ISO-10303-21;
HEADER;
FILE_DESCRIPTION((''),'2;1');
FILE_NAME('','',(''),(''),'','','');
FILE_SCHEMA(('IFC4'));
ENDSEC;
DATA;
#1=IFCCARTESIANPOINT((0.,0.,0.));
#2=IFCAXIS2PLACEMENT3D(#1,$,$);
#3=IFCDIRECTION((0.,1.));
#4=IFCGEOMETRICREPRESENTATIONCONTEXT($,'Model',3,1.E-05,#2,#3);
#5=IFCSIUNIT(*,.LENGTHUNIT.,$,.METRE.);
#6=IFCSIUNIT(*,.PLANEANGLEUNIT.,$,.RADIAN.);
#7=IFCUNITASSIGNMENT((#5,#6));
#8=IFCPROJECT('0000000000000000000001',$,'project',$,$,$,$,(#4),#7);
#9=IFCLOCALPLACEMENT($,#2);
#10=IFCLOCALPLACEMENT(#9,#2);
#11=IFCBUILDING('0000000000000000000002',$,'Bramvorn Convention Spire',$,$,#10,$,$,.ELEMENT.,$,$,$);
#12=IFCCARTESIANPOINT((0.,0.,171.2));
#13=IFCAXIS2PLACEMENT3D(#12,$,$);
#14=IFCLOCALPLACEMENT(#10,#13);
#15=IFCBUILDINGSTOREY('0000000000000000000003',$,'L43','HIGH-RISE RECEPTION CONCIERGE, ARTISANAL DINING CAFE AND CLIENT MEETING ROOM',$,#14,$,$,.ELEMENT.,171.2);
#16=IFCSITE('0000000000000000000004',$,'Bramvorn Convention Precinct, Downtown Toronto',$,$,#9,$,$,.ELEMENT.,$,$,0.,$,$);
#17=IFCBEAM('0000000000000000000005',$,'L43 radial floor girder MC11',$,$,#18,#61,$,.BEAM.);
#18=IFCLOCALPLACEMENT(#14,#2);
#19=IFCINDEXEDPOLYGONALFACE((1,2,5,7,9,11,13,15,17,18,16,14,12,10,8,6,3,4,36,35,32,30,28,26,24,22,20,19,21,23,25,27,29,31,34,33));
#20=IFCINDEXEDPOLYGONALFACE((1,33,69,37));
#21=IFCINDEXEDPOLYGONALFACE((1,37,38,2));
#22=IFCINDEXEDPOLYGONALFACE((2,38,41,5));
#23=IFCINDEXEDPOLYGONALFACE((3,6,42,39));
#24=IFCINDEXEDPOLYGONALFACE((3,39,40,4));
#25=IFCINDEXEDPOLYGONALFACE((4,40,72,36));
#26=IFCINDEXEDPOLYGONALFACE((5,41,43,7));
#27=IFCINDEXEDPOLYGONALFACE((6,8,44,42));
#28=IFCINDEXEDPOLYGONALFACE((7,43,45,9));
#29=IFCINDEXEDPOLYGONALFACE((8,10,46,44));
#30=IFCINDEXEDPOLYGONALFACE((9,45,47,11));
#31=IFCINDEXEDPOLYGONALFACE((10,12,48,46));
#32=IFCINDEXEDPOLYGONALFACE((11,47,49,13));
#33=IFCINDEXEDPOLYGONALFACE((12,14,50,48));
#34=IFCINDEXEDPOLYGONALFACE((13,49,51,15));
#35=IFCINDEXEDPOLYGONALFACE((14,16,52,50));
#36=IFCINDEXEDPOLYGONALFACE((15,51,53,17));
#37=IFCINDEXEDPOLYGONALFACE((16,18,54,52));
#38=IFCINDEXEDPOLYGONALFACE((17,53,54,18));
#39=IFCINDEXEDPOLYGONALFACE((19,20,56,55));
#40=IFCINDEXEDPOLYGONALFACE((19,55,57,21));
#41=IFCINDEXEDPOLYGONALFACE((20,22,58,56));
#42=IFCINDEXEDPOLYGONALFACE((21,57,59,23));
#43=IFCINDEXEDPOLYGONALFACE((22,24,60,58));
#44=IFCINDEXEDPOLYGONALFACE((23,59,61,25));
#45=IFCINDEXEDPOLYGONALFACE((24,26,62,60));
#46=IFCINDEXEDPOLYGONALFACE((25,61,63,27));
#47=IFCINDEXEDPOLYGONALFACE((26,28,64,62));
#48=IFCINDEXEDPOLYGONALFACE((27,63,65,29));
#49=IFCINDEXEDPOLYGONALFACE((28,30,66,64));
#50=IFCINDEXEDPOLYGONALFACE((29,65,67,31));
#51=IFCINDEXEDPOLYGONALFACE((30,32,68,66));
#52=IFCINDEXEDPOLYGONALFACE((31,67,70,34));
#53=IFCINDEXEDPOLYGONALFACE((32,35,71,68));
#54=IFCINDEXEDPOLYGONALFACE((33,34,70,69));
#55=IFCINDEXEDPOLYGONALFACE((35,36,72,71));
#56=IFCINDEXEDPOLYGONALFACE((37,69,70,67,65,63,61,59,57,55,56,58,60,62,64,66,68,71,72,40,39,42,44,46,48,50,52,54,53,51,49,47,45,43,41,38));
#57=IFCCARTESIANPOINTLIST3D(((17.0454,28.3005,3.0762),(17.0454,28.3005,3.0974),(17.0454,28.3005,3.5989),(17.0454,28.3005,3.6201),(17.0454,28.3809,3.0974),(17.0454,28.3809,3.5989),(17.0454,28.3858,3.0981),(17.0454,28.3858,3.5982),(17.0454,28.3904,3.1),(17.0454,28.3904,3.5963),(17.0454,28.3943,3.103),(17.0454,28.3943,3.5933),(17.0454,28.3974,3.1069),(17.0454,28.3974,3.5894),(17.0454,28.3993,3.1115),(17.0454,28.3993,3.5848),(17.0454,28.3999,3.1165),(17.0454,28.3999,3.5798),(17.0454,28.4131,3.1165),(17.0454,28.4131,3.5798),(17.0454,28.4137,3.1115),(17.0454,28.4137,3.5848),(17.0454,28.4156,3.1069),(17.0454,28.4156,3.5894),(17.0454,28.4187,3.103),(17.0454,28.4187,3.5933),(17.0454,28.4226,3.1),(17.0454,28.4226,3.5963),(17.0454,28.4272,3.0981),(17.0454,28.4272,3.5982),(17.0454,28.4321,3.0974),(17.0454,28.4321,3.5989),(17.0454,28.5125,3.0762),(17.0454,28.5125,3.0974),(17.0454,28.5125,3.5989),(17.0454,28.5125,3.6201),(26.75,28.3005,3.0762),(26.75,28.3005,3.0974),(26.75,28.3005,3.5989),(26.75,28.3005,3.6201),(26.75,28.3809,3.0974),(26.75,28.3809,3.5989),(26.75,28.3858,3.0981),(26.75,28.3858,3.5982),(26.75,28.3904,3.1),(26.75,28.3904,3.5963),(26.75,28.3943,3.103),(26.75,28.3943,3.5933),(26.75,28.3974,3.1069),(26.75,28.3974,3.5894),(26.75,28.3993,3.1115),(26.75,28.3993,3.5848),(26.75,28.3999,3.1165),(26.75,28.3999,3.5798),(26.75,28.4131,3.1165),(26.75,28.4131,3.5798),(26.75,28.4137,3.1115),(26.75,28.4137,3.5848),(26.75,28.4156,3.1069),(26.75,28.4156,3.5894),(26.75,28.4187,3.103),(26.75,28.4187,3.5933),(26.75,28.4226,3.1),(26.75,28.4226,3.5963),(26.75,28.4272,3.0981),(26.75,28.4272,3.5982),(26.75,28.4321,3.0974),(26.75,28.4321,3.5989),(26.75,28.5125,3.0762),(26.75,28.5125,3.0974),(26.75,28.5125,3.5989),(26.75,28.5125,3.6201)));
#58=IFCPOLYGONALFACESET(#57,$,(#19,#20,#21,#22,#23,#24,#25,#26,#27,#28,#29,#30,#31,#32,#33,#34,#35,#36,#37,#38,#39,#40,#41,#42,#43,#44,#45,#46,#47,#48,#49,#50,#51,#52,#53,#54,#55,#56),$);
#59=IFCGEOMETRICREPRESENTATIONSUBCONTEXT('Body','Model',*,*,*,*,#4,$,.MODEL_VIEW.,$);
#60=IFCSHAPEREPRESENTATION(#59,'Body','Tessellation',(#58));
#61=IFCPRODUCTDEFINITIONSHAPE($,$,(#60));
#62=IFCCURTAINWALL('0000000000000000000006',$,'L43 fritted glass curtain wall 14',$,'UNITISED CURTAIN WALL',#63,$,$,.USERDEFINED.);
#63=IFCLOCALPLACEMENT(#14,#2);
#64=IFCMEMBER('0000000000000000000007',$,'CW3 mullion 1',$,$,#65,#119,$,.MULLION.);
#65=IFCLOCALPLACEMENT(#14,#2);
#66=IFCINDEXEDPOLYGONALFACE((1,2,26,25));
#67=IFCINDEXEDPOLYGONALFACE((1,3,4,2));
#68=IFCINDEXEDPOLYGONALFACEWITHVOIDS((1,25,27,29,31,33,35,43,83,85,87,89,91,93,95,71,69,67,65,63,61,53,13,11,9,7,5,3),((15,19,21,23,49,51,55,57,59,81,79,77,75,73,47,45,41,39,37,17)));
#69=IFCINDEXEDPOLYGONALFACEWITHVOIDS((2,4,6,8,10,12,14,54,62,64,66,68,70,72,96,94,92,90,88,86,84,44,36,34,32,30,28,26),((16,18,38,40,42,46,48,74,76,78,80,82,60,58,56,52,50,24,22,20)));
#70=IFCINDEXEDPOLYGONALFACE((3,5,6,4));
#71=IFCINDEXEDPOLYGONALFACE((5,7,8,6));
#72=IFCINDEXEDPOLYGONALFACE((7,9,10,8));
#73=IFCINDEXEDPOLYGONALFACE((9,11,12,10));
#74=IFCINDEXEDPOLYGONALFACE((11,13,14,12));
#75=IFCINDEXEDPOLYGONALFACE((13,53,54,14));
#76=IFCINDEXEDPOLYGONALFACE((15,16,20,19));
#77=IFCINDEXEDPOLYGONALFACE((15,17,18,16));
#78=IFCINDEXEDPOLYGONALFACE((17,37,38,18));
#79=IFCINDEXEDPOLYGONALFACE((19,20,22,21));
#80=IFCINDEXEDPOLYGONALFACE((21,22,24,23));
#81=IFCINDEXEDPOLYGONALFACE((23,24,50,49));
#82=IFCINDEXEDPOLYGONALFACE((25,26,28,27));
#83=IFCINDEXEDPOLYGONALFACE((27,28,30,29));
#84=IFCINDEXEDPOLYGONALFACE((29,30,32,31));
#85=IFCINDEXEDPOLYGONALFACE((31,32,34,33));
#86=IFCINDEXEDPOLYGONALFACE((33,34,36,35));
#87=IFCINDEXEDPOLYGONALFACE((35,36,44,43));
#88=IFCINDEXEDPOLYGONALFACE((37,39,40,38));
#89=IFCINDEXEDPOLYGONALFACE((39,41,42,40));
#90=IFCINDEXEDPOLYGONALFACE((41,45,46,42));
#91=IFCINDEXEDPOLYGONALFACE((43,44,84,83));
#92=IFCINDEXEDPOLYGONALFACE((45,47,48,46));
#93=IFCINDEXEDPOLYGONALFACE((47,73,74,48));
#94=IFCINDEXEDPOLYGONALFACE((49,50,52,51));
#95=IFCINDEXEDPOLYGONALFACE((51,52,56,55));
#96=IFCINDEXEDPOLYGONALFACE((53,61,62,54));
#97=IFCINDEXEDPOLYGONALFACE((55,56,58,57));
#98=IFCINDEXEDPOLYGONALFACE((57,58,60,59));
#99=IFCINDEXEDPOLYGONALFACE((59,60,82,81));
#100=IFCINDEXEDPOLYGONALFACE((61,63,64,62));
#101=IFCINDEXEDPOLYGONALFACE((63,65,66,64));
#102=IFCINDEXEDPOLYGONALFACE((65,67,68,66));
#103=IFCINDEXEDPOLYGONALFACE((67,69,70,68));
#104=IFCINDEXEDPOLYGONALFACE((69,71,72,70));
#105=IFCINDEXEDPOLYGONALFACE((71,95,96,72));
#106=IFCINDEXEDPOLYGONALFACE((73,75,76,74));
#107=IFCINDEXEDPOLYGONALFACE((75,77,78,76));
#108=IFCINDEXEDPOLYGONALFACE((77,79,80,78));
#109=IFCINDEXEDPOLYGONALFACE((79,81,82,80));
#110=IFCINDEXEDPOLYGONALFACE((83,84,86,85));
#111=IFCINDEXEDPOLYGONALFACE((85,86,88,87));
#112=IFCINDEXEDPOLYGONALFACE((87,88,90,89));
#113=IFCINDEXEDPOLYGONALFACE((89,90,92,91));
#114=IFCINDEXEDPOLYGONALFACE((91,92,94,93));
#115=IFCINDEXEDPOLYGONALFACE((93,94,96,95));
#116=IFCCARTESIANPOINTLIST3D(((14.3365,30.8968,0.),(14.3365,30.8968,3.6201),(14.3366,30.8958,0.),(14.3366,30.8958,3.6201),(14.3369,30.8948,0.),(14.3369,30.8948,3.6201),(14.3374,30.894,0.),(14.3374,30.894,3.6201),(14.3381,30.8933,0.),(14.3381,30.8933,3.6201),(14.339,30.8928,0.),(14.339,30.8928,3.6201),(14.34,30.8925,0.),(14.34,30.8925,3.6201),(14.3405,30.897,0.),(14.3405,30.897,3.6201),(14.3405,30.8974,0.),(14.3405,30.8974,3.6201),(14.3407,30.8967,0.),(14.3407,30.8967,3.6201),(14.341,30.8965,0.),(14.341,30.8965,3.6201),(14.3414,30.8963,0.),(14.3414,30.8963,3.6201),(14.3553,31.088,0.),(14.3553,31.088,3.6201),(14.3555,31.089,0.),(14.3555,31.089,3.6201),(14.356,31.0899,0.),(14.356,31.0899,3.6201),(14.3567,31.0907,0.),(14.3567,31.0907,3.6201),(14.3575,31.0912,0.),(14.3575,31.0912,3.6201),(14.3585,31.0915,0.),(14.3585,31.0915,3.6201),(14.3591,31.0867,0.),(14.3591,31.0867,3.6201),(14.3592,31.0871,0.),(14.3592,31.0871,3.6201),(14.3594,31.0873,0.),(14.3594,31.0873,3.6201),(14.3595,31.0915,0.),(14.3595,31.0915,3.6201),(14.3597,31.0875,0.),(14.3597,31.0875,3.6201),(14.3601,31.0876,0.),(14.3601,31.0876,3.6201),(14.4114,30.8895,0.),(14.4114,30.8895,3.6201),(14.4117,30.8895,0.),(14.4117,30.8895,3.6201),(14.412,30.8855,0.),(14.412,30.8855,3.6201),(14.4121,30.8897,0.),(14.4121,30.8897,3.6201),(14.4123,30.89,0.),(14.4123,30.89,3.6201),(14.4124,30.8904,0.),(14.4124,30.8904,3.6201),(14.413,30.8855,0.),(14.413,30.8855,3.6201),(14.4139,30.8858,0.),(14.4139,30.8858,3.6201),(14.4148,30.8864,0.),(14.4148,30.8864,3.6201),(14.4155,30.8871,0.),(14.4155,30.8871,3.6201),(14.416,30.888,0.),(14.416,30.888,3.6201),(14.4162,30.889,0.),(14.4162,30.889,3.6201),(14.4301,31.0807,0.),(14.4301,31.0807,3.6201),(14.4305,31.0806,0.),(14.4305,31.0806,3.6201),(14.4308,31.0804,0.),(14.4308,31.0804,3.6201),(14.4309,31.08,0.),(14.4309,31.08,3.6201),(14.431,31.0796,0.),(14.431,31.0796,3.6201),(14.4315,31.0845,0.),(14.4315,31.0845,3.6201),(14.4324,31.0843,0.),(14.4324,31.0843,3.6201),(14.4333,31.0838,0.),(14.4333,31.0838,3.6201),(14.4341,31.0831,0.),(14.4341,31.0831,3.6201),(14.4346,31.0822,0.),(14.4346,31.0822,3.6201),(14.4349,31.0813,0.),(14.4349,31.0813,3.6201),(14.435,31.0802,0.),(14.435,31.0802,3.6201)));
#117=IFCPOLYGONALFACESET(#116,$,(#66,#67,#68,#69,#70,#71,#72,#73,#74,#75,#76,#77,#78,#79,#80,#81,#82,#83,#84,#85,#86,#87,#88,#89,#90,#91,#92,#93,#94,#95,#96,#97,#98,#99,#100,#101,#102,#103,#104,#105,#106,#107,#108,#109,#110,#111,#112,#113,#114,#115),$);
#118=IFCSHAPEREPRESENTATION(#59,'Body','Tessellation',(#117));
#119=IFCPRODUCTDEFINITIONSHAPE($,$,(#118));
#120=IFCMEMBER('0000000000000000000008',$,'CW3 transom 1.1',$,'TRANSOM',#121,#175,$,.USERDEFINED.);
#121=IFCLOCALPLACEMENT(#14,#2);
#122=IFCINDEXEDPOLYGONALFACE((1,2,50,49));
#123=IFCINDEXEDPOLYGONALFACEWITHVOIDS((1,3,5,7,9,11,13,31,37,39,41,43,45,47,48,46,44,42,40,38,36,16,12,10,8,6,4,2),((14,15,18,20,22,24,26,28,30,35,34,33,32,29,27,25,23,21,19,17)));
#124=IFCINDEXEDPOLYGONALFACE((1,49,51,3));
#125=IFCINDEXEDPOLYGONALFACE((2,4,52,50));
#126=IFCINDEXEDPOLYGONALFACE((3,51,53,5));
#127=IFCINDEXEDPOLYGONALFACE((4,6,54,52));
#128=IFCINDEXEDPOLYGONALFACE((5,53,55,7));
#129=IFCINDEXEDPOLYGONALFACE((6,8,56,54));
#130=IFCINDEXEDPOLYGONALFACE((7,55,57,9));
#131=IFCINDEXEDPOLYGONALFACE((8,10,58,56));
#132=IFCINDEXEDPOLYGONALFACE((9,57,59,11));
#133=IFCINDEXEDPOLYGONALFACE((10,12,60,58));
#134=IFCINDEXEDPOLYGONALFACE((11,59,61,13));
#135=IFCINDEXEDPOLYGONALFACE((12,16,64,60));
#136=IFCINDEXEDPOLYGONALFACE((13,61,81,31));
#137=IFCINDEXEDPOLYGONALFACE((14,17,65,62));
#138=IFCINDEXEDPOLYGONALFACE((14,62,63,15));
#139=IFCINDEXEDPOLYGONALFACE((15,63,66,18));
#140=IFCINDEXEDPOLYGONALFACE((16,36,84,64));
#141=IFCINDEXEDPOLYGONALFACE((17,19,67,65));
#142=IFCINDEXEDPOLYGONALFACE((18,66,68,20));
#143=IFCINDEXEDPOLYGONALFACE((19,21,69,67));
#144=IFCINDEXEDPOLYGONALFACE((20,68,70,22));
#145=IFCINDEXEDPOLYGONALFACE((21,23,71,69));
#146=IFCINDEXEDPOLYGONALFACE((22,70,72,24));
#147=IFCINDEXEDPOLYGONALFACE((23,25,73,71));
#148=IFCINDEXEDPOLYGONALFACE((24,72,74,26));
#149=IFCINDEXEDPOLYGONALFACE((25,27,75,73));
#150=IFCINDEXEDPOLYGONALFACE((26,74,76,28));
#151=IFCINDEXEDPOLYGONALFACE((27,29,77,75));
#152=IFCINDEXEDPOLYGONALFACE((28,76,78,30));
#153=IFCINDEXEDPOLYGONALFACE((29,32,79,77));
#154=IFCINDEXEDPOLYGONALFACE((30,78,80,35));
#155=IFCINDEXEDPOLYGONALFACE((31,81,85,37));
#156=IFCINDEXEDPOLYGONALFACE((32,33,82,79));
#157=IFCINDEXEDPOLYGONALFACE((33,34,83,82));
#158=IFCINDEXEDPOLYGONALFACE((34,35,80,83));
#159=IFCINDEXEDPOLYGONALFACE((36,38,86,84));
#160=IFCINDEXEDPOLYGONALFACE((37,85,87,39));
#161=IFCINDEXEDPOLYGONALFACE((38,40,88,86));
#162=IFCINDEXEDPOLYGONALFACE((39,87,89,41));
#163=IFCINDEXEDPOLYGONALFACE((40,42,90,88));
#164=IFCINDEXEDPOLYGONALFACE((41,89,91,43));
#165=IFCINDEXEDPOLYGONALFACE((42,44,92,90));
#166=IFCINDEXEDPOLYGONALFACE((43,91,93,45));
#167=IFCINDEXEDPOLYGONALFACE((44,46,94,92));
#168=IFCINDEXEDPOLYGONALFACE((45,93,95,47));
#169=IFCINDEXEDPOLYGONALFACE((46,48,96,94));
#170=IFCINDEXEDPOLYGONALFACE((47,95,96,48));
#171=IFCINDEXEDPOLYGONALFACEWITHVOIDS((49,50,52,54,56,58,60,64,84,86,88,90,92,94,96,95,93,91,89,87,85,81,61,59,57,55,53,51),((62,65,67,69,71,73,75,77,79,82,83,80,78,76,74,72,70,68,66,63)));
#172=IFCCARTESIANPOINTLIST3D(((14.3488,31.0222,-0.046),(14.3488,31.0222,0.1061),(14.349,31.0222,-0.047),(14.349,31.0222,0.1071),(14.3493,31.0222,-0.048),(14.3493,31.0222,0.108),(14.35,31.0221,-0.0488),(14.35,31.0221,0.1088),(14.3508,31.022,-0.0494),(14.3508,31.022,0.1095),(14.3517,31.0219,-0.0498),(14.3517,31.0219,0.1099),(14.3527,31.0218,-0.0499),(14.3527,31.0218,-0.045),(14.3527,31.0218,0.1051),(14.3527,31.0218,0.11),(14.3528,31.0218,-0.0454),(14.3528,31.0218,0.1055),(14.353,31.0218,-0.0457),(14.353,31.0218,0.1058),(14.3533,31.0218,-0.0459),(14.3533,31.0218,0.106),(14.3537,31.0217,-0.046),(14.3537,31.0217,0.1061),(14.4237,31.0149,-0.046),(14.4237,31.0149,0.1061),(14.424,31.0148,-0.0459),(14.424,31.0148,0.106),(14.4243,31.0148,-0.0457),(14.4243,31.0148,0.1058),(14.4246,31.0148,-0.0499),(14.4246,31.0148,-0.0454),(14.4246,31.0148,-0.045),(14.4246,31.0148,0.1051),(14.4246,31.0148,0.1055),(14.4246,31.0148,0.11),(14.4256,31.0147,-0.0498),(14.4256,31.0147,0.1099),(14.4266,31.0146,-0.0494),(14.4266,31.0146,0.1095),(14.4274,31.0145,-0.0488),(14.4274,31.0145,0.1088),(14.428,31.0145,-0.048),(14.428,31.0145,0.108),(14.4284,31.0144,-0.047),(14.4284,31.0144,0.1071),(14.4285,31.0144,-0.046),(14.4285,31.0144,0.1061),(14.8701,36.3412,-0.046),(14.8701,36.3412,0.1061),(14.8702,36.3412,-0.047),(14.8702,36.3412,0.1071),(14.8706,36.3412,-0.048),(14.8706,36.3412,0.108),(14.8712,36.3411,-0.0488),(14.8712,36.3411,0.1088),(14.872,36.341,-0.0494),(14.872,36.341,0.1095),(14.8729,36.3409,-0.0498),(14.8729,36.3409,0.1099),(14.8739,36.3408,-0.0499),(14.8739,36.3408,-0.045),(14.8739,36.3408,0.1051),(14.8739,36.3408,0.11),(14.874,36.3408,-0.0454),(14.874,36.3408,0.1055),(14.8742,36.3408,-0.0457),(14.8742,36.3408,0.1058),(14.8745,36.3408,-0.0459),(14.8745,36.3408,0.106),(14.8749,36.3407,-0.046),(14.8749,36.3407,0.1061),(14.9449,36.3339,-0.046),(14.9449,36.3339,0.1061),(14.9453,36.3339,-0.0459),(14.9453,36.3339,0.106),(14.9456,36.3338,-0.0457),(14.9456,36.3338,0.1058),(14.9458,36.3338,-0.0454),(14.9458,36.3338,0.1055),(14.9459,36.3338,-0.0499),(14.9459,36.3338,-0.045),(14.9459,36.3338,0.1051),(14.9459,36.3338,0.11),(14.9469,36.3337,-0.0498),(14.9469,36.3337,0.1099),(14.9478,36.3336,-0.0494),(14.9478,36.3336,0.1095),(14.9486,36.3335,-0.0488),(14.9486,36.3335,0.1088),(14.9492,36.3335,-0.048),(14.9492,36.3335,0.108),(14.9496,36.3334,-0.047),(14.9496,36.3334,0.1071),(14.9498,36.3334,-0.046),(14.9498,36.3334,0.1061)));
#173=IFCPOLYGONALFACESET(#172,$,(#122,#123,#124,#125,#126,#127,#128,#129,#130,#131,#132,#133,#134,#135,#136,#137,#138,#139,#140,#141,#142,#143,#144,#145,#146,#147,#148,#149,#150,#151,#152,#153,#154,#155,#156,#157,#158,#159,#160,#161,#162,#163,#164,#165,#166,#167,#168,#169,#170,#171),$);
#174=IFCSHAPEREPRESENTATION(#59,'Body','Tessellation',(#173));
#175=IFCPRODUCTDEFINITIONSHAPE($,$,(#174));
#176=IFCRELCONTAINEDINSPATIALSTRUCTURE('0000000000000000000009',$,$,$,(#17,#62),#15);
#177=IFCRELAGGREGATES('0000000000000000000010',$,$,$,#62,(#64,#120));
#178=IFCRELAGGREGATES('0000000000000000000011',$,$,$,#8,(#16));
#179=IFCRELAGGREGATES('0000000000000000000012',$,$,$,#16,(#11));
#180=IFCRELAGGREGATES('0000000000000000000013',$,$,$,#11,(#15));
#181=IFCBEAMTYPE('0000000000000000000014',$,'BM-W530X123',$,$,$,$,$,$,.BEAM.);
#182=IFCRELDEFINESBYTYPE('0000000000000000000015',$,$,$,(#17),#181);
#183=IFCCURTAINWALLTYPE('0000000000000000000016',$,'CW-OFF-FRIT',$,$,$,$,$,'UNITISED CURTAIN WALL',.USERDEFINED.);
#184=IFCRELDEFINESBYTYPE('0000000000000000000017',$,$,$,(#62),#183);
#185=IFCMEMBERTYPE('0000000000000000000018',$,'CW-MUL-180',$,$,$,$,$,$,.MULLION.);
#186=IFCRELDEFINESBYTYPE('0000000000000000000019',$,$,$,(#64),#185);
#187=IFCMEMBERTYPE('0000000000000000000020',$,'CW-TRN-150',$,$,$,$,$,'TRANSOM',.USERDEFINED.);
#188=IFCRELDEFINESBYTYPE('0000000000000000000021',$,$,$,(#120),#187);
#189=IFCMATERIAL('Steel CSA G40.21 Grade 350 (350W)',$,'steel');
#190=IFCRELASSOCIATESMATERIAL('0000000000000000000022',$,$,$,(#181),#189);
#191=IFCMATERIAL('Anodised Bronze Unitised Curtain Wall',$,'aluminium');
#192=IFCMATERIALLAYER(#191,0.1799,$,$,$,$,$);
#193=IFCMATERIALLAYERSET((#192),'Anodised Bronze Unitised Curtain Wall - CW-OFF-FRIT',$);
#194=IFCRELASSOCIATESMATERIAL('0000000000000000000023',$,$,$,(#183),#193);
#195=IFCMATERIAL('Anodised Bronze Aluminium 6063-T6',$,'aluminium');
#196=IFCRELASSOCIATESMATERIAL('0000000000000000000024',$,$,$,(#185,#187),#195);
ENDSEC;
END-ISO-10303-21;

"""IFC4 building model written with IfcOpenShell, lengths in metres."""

from ifc_helpers import new_model, si_unit, direction, frame, origin, origin_2d, place, context, subcontext, project, spatial, hollow_rectangle, i_section, extrude, material, layer, layer_set, material_profile, profile_set, type_object, element, aggregate, save


model = new_model("IFC4")

# Units and contexts
model_context = context("Model", 3, precision=1e-05, world=origin(), true_north=direction((0.0, 1.0)))
body_context = subcontext(model_context, "Body", "Model", "MODEL_VIEW")
ifc_project = project(units=[si_unit("LENGTHUNIT", "METRE"), si_unit("PLANEANGLEUNIT", "RADIAN")], contexts=[model_context])

# Site, building, storey
site_placement = place(None, origin())
site = spatial("IfcSite", under=ifc_project, at=site_placement, Name="Bramvorn Convention Precinct, Downtown Toronto", CompositionType="ELEMENT", RefElevation=0.0)
building_placement = place(site_placement, origin())
building = spatial("IfcBuilding", under=site, at=building_placement, Name="Bramvorn Convention Spire", CompositionType="ELEMENT")
storey_placement = place(building_placement, frame((0.0, 0.0, 171.2)))
storey = spatial("IfcBuildingStorey", under=building, at=storey_placement, Name="L43", Description="HIGH-RISE RECEPTION CONCIERGE, ARTISANAL DINING CAFE AND CLIENT MEETING ROOM", CompositionType="ELEMENT", Elevation=171.2)

# Shared definitions
ifc_material_1 = material(Name="Steel CSA G40.21 Grade 350 (350W)", Category="steel")

# Beam
ifc_material_profile_1 = material_profile(ifc_material_1, i_section(OverallWidth=0.2119, OverallDepth=0.5439, WebThickness=0.0132, FlangeThickness=0.0212, FilletRadius=0.019, at=origin_2d()))
ifc_profile_set_1 = profile_set([ifc_material_profile_1], Name="Steel CSA G40.21 Grade 350 (350W) - W530X123")
beam_type_1 = type_object("IfcBeamType", Name="BM-W530X123", PredefinedType="BEAM", material=ifc_profile_set_1)
beam_1_placement = place(storey_placement, frame((26.75, 28.4065, 3.3481), z_axis=(-1.0, 0.0, 0.0), x_axis=(0.0, -1.0, 0.0)))
element("IfcBeam", 1, at=beam_1_placement, inside=storey, type_object=beam_type_1, Name="L43 radial floor girder MC11", PredefinedType="BEAM", context=body_context, shape_type="SweptSolid", body=[
    extrude(i_section(OverallWidth=0.2119, OverallDepth=0.5439, WebThickness=0.0132, FlangeThickness=0.0212, FilletRadius=0.019, at=origin_2d()), origin(), (0.0, 0.0, 1.0), 9.7046),
])

# Curtain wall, members
ifc_material_2 = material(Name="Anodised Bronze Unitised Curtain Wall", Category="aluminium")
ifc_layer_1 = layer(ifc_material_2, 0.1799)
ifc_layer_set_1 = layer_set([ifc_layer_1], Name="Anodised Bronze Unitised Curtain Wall - CW-OFF-FRIT")
curtain_wall_type = type_object("IfcCurtainWallType", Name="CW-OFF-FRIT", ElementType="UNITISED CURTAIN WALL", PredefinedType="USERDEFINED", material=ifc_layer_set_1)
curtain_wall_placement = place(storey_placement, origin())
curtain_wall = element("IfcCurtainWall", 2, at=curtain_wall_placement, inside=storey, type_object=curtain_wall_type, Name="L43 fritted glass curtain wall 14", ObjectType="UNITISED CURTAIN WALL", PredefinedType="USERDEFINED")
ifc_material_3 = material(Name="Anodised Bronze Aluminium 6063-T6", Category="aluminium")
ifc_material_profile_2 = material_profile(ifc_material_3, hollow_rectangle(XDim=0.0801, YDim=0.2, WallThickness=0.0039, InnerFilletRadius=0.001, OuterFilletRadius=0.0039, at=origin_2d()))
ifc_profile_set_2 = profile_set([ifc_material_profile_2], Name="Anodised Bronze Aluminium 6063-T6 - CWM80X200")
member_type_1 = type_object("IfcMemberType", Name="CW-MUL-180", PredefinedType="MULLION", material=ifc_profile_set_2)
member_1_placement = place(storey_placement, frame((14.3857, 30.9885, 0.0), z_axis=(0.0, 0.0, 1.0), x_axis=(-0.995234, 0.09752, 0.0)))
member_1 = element("IfcMember", 3, at=member_1_placement, type_object=member_type_1, Name="CW3 mullion 1", PredefinedType="MULLION", context=body_context, shape_type="SweptSolid", body=[
    extrude(hollow_rectangle(XDim=0.0801, YDim=0.2, WallThickness=0.0039, InnerFilletRadius=0.001, OuterFilletRadius=0.0039, at=origin_2d()), origin(), (0.0, 0.0, 1.0), 3.6201),
])
ifc_material_profile_3 = material_profile(ifc_material_3, hollow_rectangle(XDim=0.0801, YDim=0.1599, WallThickness=0.0039, InnerFilletRadius=0.001, OuterFilletRadius=0.0039, at=origin_2d()))
ifc_profile_set_3 = profile_set([ifc_material_profile_3], Name="Anodised Bronze Aluminium 6063-T6 - CWT80X160")
member_type_2 = type_object("IfcMemberType", Name="CW-TRN-150", ElementType="TRANSOM", PredefinedType="USERDEFINED", material=ifc_profile_set_3)
member_2_placement = place(storey_placement, frame((14.3887, 31.0183, 0.03), z_axis=(0.097527, 0.995233, 0.0), x_axis=(-0.995233, 0.097527, 0.0)))
member_2 = element("IfcMember", 4, at=member_2_placement, type_object=member_type_2, Name="CW3 transom 1.1", ObjectType="TRANSOM", PredefinedType="USERDEFINED", context=body_context, shape_type="SweptSolid", body=[
    extrude(hollow_rectangle(XDim=0.0801, YDim=0.1599, WallThickness=0.0039, InnerFilletRadius=0.001, OuterFilletRadius=0.0039, at=origin_2d()), origin(), (0.0, 0.0, 1.0), 5.3445),
])
aggregate(curtain_wall, [member_1, member_2])

save(model, "model.ifc")
